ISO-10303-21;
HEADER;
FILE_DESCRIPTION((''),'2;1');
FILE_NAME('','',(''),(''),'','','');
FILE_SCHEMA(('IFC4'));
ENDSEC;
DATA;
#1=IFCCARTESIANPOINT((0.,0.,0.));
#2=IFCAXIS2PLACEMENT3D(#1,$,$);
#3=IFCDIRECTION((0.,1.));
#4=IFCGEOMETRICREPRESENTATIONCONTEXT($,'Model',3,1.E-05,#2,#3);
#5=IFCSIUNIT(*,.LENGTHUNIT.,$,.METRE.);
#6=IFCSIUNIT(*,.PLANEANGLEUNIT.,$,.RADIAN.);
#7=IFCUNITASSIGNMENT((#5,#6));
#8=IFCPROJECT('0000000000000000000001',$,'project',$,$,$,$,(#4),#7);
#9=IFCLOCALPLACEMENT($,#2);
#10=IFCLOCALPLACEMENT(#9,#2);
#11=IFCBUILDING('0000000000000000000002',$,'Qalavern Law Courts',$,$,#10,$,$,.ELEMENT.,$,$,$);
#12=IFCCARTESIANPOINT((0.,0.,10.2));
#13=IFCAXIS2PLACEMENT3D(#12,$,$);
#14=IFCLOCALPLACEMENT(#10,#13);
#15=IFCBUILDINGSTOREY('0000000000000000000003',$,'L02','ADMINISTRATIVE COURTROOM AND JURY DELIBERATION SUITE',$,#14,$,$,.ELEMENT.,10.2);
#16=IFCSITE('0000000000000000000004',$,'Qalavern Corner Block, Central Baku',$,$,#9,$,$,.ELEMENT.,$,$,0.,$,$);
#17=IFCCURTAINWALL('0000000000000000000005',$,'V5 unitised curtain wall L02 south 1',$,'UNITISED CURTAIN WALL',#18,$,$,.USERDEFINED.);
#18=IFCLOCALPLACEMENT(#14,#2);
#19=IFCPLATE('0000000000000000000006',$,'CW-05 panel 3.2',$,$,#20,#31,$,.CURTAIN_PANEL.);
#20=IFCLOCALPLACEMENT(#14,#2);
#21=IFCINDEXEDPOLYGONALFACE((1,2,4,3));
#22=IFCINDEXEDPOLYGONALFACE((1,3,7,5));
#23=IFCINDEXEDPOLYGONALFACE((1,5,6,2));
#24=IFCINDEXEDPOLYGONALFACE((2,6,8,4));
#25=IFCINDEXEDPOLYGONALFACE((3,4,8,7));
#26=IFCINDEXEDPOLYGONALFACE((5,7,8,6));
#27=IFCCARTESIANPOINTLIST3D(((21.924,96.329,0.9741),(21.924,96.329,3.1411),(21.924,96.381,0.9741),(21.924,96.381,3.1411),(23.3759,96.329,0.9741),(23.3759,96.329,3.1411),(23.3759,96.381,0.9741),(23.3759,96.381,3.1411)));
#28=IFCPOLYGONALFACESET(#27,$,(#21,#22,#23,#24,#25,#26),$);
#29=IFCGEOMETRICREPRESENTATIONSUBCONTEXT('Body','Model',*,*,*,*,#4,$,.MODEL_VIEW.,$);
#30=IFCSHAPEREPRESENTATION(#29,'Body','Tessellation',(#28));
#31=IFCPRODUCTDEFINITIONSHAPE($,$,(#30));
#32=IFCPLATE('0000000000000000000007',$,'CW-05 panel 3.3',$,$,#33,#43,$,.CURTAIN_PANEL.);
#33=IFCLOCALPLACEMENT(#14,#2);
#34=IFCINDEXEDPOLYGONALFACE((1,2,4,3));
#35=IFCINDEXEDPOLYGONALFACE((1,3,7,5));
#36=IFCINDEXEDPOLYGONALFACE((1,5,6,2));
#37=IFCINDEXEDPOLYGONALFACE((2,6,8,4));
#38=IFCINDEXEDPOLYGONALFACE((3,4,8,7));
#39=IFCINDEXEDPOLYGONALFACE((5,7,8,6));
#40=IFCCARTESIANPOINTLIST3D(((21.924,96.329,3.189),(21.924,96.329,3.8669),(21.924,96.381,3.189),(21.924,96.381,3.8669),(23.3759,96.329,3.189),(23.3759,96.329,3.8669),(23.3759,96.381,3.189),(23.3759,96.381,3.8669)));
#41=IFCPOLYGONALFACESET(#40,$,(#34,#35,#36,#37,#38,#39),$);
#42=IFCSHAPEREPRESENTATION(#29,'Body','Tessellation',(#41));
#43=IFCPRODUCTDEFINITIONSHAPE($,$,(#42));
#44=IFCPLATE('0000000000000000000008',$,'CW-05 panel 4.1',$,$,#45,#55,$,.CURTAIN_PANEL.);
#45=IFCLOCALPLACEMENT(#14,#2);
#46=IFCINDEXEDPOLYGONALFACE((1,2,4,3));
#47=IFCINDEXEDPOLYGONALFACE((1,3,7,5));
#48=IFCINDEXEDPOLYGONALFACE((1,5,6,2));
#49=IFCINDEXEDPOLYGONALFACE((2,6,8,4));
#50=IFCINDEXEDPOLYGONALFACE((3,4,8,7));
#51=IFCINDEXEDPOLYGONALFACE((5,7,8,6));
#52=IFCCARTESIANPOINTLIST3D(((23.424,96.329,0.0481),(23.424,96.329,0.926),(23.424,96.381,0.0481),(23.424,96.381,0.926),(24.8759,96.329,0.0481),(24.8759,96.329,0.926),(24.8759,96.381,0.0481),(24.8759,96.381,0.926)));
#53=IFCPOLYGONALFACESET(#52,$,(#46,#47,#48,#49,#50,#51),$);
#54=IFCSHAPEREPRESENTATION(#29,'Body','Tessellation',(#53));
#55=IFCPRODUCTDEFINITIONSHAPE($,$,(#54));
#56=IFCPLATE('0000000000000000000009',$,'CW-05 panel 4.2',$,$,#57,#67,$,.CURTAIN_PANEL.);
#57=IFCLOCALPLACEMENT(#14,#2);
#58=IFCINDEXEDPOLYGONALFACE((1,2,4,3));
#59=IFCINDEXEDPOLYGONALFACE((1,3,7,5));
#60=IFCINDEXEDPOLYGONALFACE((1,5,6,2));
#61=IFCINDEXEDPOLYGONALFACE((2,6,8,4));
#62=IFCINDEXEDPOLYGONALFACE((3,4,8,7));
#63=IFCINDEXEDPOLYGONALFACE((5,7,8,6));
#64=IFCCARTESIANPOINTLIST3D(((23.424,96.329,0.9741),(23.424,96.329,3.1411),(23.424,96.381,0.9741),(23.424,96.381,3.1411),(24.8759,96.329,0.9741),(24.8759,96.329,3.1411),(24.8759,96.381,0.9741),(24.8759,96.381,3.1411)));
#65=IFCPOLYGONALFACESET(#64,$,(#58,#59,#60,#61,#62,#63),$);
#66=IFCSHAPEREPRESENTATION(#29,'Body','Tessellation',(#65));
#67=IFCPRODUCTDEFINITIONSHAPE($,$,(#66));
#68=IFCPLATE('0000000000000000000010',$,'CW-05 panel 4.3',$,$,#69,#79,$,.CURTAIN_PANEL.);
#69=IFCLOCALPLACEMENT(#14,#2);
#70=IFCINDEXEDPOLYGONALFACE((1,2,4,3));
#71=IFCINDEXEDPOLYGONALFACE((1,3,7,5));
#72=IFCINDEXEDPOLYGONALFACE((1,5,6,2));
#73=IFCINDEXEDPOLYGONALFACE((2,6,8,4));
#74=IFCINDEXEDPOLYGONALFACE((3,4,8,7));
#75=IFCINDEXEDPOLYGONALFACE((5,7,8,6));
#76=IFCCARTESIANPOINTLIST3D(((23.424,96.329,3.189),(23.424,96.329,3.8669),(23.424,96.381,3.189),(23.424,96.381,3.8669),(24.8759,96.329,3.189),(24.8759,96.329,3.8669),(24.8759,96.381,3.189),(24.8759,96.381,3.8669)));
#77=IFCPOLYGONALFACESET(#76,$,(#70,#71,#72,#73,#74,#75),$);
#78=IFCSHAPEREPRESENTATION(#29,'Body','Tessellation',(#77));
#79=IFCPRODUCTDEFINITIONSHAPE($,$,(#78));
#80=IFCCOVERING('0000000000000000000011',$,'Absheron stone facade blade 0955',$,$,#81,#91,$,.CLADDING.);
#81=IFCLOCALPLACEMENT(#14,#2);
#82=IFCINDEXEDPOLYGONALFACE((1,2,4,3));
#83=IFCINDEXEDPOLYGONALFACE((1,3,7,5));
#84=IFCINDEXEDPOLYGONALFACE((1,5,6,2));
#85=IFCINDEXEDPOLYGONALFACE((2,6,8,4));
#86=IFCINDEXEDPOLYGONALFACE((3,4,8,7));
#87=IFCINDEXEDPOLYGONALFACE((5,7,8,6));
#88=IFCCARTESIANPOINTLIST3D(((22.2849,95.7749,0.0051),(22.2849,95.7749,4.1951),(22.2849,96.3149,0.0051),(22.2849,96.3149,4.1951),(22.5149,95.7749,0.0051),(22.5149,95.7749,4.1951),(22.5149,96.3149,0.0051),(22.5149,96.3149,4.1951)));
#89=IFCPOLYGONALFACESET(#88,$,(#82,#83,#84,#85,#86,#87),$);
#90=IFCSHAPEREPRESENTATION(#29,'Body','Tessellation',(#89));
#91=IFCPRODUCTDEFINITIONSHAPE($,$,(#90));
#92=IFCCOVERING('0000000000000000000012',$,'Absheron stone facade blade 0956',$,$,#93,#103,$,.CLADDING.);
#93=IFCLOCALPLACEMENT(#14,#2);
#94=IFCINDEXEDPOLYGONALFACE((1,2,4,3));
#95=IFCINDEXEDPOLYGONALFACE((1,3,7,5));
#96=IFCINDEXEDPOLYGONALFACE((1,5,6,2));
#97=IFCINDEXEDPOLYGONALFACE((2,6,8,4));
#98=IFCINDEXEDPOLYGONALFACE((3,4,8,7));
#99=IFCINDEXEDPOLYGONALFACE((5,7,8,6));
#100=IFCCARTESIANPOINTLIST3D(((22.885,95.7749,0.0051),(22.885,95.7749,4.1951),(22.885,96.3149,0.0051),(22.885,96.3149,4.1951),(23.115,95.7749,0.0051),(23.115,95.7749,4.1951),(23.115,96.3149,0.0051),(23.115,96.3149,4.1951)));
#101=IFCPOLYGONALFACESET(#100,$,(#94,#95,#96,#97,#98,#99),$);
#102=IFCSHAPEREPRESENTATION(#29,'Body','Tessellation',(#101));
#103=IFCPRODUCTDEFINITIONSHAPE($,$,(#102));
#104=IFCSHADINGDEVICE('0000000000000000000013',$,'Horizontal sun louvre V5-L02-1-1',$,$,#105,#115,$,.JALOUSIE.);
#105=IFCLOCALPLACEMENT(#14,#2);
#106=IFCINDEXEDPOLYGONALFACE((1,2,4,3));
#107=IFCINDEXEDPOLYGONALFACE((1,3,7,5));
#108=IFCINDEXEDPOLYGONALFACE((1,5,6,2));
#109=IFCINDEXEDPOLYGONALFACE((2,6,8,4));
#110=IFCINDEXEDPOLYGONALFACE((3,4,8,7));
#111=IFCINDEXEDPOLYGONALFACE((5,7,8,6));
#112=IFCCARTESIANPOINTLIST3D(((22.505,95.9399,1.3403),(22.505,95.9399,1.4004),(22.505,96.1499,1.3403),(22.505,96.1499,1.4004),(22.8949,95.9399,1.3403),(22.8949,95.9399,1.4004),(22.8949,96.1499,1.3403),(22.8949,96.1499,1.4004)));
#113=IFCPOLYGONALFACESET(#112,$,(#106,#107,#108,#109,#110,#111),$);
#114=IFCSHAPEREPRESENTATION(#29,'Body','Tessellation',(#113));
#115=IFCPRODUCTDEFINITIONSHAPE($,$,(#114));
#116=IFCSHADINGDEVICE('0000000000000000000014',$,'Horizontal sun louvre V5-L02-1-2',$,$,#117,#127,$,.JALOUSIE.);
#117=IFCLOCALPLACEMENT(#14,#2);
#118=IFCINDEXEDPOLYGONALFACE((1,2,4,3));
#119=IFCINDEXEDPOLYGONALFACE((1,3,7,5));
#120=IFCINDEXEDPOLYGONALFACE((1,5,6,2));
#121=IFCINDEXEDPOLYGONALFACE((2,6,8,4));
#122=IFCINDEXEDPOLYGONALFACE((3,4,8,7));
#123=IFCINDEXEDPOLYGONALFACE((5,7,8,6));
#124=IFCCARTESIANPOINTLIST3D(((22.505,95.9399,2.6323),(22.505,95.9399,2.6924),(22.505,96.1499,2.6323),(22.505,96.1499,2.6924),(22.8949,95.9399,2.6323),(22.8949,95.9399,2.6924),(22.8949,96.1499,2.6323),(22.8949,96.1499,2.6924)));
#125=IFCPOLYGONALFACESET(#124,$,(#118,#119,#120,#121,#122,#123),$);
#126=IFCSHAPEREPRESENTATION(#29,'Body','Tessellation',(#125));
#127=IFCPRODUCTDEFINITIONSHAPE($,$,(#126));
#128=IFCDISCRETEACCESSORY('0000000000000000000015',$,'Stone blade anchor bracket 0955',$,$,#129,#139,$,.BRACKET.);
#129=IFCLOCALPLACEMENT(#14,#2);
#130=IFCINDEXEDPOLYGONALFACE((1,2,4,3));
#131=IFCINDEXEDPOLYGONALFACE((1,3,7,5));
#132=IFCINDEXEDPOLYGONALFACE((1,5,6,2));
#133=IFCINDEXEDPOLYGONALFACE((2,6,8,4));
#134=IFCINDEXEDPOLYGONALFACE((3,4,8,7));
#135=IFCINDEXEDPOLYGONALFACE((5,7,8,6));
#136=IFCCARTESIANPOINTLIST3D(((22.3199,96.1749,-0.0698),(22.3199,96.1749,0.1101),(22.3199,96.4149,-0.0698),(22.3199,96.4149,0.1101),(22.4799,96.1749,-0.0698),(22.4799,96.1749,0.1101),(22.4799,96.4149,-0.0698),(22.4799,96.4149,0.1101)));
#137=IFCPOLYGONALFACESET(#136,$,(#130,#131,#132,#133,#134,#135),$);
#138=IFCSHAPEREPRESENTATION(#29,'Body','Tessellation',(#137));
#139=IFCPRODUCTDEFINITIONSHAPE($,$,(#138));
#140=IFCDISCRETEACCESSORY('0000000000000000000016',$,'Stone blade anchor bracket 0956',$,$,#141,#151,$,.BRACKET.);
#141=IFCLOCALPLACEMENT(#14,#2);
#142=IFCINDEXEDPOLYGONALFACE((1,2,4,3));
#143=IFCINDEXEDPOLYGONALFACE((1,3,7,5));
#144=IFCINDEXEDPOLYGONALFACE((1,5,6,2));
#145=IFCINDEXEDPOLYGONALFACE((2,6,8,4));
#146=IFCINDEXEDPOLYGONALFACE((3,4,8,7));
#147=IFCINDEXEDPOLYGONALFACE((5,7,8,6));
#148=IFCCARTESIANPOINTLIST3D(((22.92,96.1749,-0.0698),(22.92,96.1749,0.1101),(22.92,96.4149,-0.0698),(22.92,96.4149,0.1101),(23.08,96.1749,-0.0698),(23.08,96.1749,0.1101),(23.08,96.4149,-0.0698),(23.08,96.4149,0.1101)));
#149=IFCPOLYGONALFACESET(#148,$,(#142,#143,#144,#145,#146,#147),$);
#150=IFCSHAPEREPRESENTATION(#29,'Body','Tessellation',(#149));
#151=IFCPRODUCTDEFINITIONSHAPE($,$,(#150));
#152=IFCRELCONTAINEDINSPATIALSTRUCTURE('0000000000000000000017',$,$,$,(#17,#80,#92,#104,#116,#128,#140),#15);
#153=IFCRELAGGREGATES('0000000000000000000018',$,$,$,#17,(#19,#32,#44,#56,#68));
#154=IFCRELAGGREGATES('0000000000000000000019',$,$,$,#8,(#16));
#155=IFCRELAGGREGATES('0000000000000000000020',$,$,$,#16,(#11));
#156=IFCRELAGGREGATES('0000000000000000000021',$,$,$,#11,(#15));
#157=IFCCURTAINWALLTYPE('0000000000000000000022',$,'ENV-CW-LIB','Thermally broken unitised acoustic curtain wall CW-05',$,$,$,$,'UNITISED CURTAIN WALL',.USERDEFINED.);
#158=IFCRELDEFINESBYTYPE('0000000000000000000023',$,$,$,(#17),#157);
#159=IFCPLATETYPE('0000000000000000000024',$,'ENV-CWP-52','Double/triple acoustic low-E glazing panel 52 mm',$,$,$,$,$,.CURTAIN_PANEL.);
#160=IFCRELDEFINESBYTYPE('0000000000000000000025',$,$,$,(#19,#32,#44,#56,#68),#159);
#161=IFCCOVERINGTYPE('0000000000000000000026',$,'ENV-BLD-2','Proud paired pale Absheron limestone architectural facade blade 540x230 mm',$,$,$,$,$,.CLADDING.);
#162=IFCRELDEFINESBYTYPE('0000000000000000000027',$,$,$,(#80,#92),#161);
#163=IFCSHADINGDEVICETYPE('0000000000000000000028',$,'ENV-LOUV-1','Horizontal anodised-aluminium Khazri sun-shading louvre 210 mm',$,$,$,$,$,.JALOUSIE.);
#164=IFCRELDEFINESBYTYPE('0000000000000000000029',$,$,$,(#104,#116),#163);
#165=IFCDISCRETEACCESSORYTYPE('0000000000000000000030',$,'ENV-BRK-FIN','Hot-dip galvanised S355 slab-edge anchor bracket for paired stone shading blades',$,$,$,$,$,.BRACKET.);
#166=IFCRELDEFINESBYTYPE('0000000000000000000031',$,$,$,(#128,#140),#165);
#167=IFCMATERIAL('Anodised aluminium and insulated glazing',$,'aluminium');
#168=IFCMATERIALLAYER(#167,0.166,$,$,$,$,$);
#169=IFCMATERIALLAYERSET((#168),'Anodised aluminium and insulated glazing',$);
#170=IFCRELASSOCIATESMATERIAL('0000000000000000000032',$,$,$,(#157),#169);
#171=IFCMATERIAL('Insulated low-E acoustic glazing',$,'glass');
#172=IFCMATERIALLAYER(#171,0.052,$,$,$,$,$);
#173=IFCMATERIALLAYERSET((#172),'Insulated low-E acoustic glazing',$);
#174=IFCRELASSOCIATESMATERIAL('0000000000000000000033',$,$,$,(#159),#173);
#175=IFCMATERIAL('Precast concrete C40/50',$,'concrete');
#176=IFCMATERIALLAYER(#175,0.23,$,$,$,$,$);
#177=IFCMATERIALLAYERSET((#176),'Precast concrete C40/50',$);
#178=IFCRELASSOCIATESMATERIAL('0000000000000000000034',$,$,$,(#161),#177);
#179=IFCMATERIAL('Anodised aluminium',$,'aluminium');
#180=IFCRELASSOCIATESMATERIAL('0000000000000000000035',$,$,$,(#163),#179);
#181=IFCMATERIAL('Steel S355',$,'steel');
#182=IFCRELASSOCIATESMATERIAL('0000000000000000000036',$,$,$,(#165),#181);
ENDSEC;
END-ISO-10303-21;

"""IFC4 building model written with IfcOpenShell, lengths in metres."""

from ifc_helpers import new_model, si_unit, direction, frame, origin, origin_2d, place, context, subcontext, project, spatial, rectangle, extrude, material, layer, layer_set, type_object, element, aggregate, save


model = new_model("IFC4")

# Units and contexts
model_context = context("Model", 3, precision=1e-05, world=origin(), true_north=direction((0.0, 1.0)))
body_context = subcontext(model_context, "Body", "Model", "MODEL_VIEW")
ifc_project = project(units=[si_unit("LENGTHUNIT", "METRE"), si_unit("PLANEANGLEUNIT", "RADIAN")], contexts=[model_context])

# Site, building, storey
site_placement = place(None, origin())
site = spatial("IfcSite", under=ifc_project, at=site_placement, Name="Qalavern Corner Block, Central Baku", CompositionType="ELEMENT", RefElevation=0.0)
building_placement = place(site_placement, origin())
building = spatial("IfcBuilding", under=site, at=building_placement, Name="Qalavern Law Courts", CompositionType="ELEMENT")
storey_placement = place(building_placement, frame((0.0, 0.0, 10.2)))
storey = spatial("IfcBuildingStorey", under=building, at=storey_placement, Name="L02", Description="ADMINISTRATIVE COURTROOM AND JURY DELIBERATION SUITE", CompositionType="ELEMENT", Elevation=10.2)

# Curtain wall, plates
ifc_material_1 = material(Name="Anodised aluminium and insulated glazing", Category="aluminium")
ifc_layer_1 = layer(ifc_material_1, 0.166)
ifc_layer_set_1 = layer_set([ifc_layer_1], Name="Anodised aluminium and insulated glazing")
curtain_wall_type = type_object("IfcCurtainWallType", Name="ENV-CW-LIB", Description="Thermally broken unitised acoustic curtain wall CW-05", ElementType="UNITISED CURTAIN WALL", PredefinedType="USERDEFINED", material=ifc_layer_set_1)
curtain_wall_placement = place(storey_placement, origin())
curtain_wall = element("IfcCurtainWall", 1, at=curtain_wall_placement, inside=storey, type_object=curtain_wall_type, Name="V5 unitised curtain wall L02 south 1", ObjectType="UNITISED CURTAIN WALL", PredefinedType="USERDEFINED")
ifc_material_2 = material(Name="Anodised aluminium", Category="aluminium")
ifc_material_3 = material(Name="Insulated low-E acoustic glazing", Category="glass")
ifc_layer_2 = layer(ifc_material_3, 0.052)
ifc_layer_set_2 = layer_set([ifc_layer_2], Name="Insulated low-E acoustic glazing")
plate_type = type_object("IfcPlateType", Name="ENV-CWP-52", Description="Double/triple acoustic low-E glazing panel 52 mm", PredefinedType="CURTAIN_PANEL", material=ifc_layer_set_2)
plate_1_placement = place(storey_placement, frame((22.6499, 96.355, 0.9741), z_axis=(0.0, 0.0, 1.0), x_axis=(1.0, 0.0, 0.0)))
plate_1 = element("IfcPlate", 2, at=plate_1_placement, type_object=plate_type, Name="CW-05 panel 3.2", PredefinedType="CURTAIN_PANEL", context=body_context, shape_type="SweptSolid", body=[
    extrude(rectangle(XDim=1.4519, YDim=0.052, at=origin_2d()), origin(), (0.0, 0.0, 1.0), 2.167),
])
plate_2_placement = place(storey_placement, frame((22.6499, 96.355, 3.189), z_axis=(0.0, 0.0, 1.0), x_axis=(1.0, 0.0, 0.0)))
plate_2 = element("IfcPlate", 3, at=plate_2_placement, type_object=plate_type, Name="CW-05 panel 3.3", PredefinedType="CURTAIN_PANEL", context=body_context, shape_type="SweptSolid", body=[
    extrude(rectangle(XDim=1.4519, YDim=0.052, at=origin_2d()), origin(), (0.0, 0.0, 1.0), 0.678),
])
plate_3_placement = place(storey_placement, frame((24.1499, 96.355, 0.0481), z_axis=(0.0, 0.0, 1.0), x_axis=(1.0, 0.0, 0.0)))
plate_3 = element("IfcPlate", 4, at=plate_3_placement, type_object=plate_type, Name="CW-05 panel 4.1", PredefinedType="CURTAIN_PANEL", context=body_context, shape_type="SweptSolid", body=[
    extrude(rectangle(XDim=1.4519, YDim=0.052, at=origin_2d()), origin(), (0.0, 0.0, 1.0), 0.8779),
])
plate_4_placement = place(storey_placement, frame((24.1499, 96.355, 0.9741), z_axis=(0.0, 0.0, 1.0), x_axis=(1.0, 0.0, 0.0)))
plate_4 = element("IfcPlate", 5, at=plate_4_placement, type_object=plate_type, Name="CW-05 panel 4.2", PredefinedType="CURTAIN_PANEL", context=body_context, shape_type="SweptSolid", body=[
    extrude(rectangle(XDim=1.4519, YDim=0.052, at=origin_2d()), origin(), (0.0, 0.0, 1.0), 2.167),
])
plate_5_placement = place(storey_placement, frame((24.1499, 96.355, 3.189), z_axis=(0.0, 0.0, 1.0), x_axis=(1.0, 0.0, 0.0)))
plate_5 = element("IfcPlate", 6, at=plate_5_placement, type_object=plate_type, Name="CW-05 panel 4.3", PredefinedType="CURTAIN_PANEL", context=body_context, shape_type="SweptSolid", body=[
    extrude(rectangle(XDim=1.4519, YDim=0.052, at=origin_2d()), origin(), (0.0, 0.0, 1.0), 0.678),
])
aggregate(curtain_wall, [plate_1, plate_2, plate_3, plate_4, plate_5])

# Coverings
ifc_material_4 = material(Name="Precast concrete C40/50", Category="concrete")
ifc_layer_3 = layer(ifc_material_4, 0.23)
ifc_layer_set_3 = layer_set([ifc_layer_3], Name="Precast concrete C40/50")
covering_type = type_object("IfcCoveringType", Name="ENV-BLD-2", Description="Proud paired pale Absheron limestone architectural facade blade 540x230 mm", PredefinedType="CLADDING", material=ifc_layer_set_3)
for number, where, z_axis, x_axis, name in (
    (7, (22.3999, 96.0449, 0.0051), (0.0, 0.0, 1.0), (0.0, -1.0, 0.0), "Absheron stone facade blade 0955"),
    (8, (23.0, 96.0449, 0.0051), (0.0, 0.0, 1.0), (0.0, -1.0, 0.0), "Absheron stone facade blade 0956"),
):
    element("IfcCovering", number, at=place(storey_placement, frame(where, z_axis=z_axis, x_axis=x_axis)), inside=storey, type_object=covering_type, Name=name, PredefinedType="CLADDING", context=body_context, shape_type="SweptSolid", body=[
        extrude(rectangle(XDim=0.54, YDim=0.23, at=origin_2d()), origin(), (0.0, 0.0, 1.0), 4.1899),
    ])

# Shading devices
shading_device_type = type_object("IfcShadingDeviceType", Name="ENV-LOUV-1", Description="Horizontal anodised-aluminium Khazri sun-shading louvre 210 mm", PredefinedType="JALOUSIE", material=ifc_material_2)
for number, where, z_axis, x_axis, name in (
    (9, (22.7, 96.0449, 1.3403), (0.0, 0.0, 1.0), (1.0, 0.0, 0.0), "Horizontal sun louvre V5-L02-1-1"),
    (10, (22.7, 96.0449, 2.6323), (0.0, 0.0, 1.0), (1.0, 0.0, 0.0), "Horizontal sun louvre V5-L02-1-2"),
):
    element("IfcShadingDevice", number, at=place(storey_placement, frame(where, z_axis=z_axis, x_axis=x_axis)), inside=storey, type_object=shading_device_type, Name=name, PredefinedType="JALOUSIE", context=body_context, shape_type="SweptSolid", body=[
        extrude(rectangle(XDim=0.3899, YDim=0.21, at=origin_2d()), origin(), (0.0, 0.0, 1.0), 0.0601),
    ])

# Discrete accessories
ifc_material_5 = material(Name="Steel S355", Category="steel")
discrete_accessory_type = type_object("IfcDiscreteAccessoryType", Name="ENV-BRK-FIN", Description="Hot-dip galvanised S355 slab-edge anchor bracket for paired stone shading blades", PredefinedType="BRACKET", material=ifc_material_5)
for number, where, z_axis, x_axis, name in (
    (11, (22.3999, 96.2949, -0.0698), (0.0, 0.0, 1.0), (0.0, -1.0, 0.0), "Stone blade anchor bracket 0955"),
    (12, (23.0, 96.2949, -0.0698), (0.0, 0.0, 1.0), (0.0, -1.0, 0.0), "Stone blade anchor bracket 0956"),
):
    element("IfcDiscreteAccessory", number, at=place(storey_placement, frame(where, z_axis=z_axis, x_axis=x_axis)), inside=storey, type_object=discrete_accessory_type, Name=name, PredefinedType="BRACKET", context=body_context, shape_type="SweptSolid", body=[
        extrude(rectangle(XDim=0.24, YDim=0.1599, at=origin_2d()), origin(), (0.0, 0.0, 1.0), 0.1799),
    ])

save(model, "model.ifc")
